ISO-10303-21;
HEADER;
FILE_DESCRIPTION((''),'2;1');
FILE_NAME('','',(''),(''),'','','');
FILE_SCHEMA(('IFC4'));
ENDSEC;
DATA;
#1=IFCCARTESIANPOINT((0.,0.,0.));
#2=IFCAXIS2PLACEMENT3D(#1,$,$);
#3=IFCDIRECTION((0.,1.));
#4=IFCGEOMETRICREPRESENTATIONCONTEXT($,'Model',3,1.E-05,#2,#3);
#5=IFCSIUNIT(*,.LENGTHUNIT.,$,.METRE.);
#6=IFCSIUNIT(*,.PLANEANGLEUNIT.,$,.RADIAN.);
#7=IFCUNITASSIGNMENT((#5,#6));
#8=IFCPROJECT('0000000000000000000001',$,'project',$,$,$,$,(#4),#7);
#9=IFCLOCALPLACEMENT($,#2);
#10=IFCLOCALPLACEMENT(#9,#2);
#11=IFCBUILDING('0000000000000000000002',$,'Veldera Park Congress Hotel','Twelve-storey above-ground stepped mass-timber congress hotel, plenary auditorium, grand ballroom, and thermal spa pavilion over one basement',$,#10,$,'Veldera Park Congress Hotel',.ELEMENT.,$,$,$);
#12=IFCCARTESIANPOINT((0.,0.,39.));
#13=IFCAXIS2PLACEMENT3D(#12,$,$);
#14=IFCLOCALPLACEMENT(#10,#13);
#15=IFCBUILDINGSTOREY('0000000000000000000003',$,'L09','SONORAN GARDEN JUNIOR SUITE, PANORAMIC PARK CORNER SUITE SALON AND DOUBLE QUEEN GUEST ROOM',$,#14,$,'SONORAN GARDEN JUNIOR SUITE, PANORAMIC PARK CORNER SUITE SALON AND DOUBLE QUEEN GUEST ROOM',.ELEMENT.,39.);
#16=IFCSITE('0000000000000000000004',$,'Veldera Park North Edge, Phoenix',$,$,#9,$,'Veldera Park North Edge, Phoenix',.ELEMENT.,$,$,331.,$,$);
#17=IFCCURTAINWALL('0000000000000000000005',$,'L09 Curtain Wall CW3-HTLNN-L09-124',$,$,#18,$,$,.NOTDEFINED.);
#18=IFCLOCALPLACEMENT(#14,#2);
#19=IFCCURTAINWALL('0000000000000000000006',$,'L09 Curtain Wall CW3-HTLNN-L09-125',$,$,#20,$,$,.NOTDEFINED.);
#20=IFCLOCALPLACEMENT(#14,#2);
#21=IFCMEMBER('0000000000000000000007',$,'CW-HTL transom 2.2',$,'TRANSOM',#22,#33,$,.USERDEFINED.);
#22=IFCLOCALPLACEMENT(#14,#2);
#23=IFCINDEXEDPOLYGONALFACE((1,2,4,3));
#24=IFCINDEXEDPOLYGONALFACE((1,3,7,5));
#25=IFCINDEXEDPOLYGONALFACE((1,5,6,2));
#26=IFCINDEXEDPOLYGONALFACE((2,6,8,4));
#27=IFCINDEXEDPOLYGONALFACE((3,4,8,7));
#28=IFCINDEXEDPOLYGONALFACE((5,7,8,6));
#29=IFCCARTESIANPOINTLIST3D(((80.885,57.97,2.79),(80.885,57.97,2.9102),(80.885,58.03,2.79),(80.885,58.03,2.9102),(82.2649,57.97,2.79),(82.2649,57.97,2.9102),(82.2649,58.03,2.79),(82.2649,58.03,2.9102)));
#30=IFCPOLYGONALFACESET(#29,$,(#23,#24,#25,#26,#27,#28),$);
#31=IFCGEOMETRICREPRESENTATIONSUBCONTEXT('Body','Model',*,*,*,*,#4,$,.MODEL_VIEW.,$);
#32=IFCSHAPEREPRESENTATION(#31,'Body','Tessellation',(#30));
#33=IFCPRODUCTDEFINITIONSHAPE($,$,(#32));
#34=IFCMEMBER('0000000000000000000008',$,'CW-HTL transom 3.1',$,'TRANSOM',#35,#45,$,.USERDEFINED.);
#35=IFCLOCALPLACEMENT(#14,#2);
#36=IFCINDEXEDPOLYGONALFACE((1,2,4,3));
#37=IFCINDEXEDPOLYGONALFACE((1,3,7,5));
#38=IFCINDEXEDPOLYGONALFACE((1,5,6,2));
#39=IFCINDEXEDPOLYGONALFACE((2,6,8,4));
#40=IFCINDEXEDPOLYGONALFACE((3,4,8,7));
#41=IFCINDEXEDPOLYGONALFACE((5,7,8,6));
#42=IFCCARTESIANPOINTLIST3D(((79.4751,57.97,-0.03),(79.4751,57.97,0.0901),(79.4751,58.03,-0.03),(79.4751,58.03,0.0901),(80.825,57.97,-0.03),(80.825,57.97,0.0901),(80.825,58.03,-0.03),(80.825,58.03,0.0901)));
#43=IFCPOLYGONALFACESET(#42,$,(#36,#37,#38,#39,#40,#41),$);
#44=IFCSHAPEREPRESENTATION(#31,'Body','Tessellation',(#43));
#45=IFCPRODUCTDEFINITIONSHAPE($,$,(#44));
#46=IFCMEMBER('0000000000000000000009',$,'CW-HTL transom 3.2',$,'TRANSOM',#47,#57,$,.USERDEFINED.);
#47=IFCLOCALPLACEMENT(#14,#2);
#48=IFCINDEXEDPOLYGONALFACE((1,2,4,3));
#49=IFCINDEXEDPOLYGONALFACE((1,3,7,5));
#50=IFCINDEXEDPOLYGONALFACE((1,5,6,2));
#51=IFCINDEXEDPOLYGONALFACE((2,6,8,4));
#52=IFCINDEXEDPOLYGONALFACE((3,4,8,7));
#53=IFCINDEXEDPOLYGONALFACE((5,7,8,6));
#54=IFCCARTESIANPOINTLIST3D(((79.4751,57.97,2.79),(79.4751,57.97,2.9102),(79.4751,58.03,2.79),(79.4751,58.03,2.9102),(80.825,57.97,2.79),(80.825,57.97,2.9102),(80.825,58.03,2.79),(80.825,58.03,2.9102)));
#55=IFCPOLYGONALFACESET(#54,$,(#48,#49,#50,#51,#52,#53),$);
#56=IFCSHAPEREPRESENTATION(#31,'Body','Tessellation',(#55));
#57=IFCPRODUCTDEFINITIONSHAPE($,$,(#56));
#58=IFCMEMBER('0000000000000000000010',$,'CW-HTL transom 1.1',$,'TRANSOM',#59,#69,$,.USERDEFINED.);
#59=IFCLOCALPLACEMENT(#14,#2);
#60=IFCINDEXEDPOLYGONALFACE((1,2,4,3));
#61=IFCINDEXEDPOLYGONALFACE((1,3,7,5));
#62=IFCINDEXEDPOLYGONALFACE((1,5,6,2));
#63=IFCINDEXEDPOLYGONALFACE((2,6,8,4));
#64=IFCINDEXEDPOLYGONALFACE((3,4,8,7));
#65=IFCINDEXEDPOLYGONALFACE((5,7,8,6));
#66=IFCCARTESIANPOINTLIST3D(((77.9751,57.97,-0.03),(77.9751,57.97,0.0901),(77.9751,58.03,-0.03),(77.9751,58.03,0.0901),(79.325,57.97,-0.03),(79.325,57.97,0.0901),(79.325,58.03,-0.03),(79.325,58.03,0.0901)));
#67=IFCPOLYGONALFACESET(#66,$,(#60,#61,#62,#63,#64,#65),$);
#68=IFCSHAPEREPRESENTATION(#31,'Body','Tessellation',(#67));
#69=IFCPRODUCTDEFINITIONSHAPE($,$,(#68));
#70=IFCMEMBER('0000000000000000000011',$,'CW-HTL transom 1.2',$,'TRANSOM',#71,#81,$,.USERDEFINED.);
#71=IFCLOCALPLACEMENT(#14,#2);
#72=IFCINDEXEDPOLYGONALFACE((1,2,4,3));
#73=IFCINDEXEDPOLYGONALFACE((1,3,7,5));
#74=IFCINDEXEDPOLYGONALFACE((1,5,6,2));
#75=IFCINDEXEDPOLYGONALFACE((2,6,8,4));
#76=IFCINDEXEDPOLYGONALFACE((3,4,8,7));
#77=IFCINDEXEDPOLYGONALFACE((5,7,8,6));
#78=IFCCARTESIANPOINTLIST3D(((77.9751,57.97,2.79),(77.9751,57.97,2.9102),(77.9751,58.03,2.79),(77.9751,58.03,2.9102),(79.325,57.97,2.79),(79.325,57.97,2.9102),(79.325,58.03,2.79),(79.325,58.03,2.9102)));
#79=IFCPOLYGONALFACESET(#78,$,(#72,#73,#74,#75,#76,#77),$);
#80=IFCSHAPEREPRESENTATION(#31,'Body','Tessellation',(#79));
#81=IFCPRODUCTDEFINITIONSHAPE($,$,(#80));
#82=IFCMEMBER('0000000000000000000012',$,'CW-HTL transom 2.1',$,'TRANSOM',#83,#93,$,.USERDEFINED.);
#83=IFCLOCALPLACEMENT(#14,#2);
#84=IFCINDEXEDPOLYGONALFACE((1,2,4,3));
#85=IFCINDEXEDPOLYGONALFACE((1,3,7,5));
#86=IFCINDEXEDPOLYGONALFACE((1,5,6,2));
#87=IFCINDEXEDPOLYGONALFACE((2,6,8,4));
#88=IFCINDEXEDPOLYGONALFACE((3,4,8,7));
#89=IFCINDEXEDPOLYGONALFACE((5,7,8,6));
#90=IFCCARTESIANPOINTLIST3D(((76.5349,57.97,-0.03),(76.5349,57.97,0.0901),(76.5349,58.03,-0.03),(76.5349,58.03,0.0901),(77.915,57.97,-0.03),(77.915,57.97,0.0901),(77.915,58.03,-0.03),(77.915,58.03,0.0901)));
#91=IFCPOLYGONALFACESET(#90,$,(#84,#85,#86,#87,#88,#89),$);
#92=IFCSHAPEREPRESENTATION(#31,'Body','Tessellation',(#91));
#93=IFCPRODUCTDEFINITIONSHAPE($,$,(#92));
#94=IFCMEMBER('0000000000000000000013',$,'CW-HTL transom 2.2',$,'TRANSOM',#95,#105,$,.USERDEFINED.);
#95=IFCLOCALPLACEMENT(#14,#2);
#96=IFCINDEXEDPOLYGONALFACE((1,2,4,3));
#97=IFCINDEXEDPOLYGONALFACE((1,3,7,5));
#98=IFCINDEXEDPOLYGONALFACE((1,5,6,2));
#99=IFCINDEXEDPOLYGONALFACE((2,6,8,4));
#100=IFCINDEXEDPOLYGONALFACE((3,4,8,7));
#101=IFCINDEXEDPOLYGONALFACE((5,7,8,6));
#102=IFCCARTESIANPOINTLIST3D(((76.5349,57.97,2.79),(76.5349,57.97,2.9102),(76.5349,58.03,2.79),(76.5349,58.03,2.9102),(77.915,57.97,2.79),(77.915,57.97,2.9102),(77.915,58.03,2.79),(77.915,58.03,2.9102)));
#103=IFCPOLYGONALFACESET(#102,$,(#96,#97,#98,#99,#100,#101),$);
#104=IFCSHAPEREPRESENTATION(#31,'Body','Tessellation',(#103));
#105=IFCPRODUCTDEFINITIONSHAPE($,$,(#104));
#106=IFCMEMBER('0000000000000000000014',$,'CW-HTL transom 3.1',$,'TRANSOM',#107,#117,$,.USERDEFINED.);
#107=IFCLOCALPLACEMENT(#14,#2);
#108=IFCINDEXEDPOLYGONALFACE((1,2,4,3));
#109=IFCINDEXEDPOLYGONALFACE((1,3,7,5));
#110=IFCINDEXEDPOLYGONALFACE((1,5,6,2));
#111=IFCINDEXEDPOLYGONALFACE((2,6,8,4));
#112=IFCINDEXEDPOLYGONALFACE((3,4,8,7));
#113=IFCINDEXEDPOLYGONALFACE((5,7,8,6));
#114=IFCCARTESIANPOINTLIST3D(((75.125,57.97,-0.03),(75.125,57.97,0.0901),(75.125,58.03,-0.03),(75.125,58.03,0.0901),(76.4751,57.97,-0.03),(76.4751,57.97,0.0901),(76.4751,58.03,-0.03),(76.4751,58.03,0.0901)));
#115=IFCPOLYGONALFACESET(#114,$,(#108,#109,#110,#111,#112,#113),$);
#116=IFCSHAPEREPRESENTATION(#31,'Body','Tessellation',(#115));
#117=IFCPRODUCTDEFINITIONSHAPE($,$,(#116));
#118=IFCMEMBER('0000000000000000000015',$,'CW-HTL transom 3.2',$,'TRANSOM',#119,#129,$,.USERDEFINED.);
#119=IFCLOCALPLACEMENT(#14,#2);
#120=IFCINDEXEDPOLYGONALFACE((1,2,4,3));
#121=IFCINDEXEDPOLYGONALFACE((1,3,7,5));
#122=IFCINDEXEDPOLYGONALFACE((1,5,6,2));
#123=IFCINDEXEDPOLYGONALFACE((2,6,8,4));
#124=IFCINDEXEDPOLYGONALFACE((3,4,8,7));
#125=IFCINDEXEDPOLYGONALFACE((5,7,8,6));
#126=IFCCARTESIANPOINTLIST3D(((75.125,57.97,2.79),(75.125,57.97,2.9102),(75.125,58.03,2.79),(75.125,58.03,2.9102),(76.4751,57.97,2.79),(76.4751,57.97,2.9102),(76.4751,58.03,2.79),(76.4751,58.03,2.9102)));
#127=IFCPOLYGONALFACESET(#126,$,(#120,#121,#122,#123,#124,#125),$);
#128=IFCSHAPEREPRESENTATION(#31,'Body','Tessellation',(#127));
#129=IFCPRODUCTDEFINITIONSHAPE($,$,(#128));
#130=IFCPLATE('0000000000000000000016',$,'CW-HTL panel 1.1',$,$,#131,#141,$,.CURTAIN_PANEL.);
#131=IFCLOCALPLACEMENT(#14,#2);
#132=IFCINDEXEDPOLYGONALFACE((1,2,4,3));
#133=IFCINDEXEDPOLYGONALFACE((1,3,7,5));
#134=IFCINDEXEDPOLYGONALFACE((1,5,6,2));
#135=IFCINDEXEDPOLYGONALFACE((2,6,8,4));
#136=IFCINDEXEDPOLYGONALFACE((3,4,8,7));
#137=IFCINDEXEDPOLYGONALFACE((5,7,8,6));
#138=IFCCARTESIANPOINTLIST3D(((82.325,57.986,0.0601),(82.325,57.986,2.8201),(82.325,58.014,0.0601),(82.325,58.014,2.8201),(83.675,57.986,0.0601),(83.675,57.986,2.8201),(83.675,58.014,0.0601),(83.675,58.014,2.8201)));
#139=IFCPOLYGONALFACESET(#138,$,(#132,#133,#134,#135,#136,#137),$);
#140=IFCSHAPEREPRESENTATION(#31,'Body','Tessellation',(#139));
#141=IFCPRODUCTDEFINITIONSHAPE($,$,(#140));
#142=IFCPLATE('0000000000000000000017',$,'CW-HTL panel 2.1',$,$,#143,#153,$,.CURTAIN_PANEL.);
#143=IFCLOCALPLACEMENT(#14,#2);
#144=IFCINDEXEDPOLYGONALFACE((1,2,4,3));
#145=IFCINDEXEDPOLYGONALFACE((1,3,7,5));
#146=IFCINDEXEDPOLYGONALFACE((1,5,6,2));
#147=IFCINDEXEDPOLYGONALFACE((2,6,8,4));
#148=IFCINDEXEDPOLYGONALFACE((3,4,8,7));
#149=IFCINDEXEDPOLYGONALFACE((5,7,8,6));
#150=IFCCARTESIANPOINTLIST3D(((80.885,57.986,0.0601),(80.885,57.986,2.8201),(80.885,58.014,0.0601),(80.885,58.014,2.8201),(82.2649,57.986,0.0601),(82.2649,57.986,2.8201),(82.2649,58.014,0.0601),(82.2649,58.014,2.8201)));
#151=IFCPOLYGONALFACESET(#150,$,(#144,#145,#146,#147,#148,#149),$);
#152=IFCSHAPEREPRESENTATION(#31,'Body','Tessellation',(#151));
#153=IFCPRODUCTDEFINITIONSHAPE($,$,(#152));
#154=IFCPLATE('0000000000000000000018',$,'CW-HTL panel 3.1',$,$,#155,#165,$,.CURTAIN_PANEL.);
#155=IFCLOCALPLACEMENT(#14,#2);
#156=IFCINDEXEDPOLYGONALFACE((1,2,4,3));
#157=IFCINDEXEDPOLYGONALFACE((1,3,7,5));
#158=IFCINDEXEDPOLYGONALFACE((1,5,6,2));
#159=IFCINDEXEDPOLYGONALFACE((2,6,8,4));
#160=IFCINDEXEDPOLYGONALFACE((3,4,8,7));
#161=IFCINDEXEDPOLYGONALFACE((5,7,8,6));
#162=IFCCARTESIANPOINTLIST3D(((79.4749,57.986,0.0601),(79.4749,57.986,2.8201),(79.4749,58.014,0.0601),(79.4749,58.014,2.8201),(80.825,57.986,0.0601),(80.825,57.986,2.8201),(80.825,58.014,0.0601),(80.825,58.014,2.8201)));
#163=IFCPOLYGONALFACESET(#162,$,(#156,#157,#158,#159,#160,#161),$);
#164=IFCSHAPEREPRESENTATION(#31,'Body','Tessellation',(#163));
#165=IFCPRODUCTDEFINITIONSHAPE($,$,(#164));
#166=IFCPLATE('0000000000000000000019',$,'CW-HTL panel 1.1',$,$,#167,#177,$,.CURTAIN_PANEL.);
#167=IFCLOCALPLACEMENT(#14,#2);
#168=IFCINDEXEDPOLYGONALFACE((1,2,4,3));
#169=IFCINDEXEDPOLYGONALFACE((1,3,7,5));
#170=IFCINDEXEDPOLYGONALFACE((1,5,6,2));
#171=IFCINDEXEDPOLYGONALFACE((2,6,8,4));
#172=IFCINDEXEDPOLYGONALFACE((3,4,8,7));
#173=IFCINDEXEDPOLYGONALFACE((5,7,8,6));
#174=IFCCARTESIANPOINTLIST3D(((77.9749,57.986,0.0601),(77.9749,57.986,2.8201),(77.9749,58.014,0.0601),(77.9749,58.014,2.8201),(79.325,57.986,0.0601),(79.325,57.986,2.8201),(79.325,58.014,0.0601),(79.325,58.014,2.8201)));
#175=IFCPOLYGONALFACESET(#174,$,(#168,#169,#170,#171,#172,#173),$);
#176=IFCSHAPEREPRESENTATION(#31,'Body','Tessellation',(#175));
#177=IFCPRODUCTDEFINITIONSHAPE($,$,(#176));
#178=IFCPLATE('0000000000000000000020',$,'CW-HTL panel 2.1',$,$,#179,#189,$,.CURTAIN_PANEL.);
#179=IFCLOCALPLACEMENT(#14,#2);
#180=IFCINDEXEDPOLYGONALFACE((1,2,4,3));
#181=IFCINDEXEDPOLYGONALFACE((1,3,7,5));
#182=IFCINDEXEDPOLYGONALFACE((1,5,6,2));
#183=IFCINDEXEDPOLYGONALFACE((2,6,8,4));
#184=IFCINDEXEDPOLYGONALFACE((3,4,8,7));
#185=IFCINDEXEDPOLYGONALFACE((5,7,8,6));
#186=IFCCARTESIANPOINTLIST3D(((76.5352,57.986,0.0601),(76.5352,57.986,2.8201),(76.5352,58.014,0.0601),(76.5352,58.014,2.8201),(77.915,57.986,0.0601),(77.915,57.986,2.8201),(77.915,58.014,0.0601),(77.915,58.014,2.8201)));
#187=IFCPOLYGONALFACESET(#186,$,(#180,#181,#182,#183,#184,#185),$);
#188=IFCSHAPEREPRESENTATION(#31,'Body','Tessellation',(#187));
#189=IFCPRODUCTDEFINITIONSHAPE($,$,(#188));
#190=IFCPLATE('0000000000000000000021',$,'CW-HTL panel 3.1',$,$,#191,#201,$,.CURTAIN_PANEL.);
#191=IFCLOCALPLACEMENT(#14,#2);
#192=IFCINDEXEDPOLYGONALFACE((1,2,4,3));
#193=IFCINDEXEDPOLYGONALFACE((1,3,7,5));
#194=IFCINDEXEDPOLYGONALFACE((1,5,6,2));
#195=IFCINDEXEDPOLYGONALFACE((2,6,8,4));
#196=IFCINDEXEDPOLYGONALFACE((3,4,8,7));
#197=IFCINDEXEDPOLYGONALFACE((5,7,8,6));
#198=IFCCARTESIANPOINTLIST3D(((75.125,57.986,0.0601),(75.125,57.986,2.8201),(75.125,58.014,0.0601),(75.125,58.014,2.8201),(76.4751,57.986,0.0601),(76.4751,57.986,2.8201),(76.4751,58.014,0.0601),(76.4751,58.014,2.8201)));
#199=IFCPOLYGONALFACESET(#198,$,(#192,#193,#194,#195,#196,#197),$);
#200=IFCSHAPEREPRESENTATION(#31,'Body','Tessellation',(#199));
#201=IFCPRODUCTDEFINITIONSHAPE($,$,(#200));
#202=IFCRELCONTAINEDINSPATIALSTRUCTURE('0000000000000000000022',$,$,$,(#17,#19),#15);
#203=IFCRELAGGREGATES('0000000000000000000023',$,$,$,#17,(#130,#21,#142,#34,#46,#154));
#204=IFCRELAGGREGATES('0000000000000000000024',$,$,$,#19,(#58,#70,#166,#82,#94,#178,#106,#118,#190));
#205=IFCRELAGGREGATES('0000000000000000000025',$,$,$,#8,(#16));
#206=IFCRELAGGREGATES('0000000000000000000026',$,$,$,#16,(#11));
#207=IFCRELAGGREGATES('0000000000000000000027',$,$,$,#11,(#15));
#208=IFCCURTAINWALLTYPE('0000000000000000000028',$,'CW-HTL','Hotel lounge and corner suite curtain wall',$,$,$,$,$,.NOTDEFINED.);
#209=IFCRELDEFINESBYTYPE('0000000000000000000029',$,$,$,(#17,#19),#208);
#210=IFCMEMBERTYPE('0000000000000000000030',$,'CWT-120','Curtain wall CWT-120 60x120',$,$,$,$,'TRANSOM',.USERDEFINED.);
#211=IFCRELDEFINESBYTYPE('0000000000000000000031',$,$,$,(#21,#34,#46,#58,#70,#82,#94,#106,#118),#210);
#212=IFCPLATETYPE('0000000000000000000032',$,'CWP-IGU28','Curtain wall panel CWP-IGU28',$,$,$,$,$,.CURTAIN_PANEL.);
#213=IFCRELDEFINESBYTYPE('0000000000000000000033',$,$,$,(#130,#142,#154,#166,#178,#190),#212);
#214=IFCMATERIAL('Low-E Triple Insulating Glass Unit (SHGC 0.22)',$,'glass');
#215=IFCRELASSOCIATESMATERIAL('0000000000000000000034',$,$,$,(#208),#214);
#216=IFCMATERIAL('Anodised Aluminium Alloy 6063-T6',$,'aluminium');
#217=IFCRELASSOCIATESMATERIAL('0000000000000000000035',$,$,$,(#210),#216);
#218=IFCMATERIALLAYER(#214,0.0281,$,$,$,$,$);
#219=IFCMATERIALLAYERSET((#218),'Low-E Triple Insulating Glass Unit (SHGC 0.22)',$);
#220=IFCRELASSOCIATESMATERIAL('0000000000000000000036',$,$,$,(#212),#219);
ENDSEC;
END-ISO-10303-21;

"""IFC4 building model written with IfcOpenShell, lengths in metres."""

from ifc_helpers import new_model, si_unit, direction, frame, origin, origin_2d, place, context, subcontext, project, spatial, rectangle, extrude, material, layer, layer_set, material_profile, profile_set, type_object, element, aggregate, save


model = new_model("IFC4")

# Units and contexts
model_context = context("Model", 3, precision=1e-05, world=origin(), true_north=direction((0.0, 1.0)))
body_context = subcontext(model_context, "Body", "Model", "MODEL_VIEW")
ifc_project = project(units=[si_unit("LENGTHUNIT", "METRE"), si_unit("PLANEANGLEUNIT", "RADIAN")], contexts=[model_context])

# Site, building, storey
site_placement = place(None, origin())
site = spatial("IfcSite", under=ifc_project, at=site_placement, Name="Veldera Park North Edge, Phoenix", LongName="Veldera Park North Edge, Phoenix", CompositionType="ELEMENT", RefElevation=331.0)
building_placement = place(site_placement, origin())
building = spatial("IfcBuilding", under=site, at=building_placement, Name="Veldera Park Congress Hotel", Description="Twelve-storey above-ground stepped mass-timber congress hotel, plenary auditorium, grand ballroom, and thermal spa pavilion over one basement", LongName="Veldera Park Congress Hotel", CompositionType="ELEMENT")
storey_placement = place(building_placement, frame((0.0, 0.0, 39.0)))
storey = spatial("IfcBuildingStorey", under=building, at=storey_placement, Name="L09", Description="SONORAN GARDEN JUNIOR SUITE, PANORAMIC PARK CORNER SUITE SALON AND DOUBLE QUEEN GUEST ROOM", LongName="SONORAN GARDEN JUNIOR SUITE, PANORAMIC PARK CORNER SUITE SALON AND DOUBLE QUEEN GUEST ROOM", CompositionType="ELEMENT", Elevation=39.0)

# Curtain walls
ifc_material_1 = material(Name="Low-E Triple Insulating Glass Unit (SHGC 0.22)", Category="glass")
curtain_wall_type = type_object("IfcCurtainWallType", Name="CW-HTL", Description="Hotel lounge and corner suite curtain wall", PredefinedType="NOTDEFINED", material=ifc_material_1)
curtain_wall_1_placement = place(storey_placement, origin())
curtain_wall_1 = element("IfcCurtainWall", 1, at=curtain_wall_1_placement, inside=storey, type_object=curtain_wall_type, Name="L09 Curtain Wall CW3-HTLNN-L09-124", PredefinedType="NOTDEFINED")
ifc_material_2 = material(Name="Anodised Aluminium Alloy 6063-T6", Category="aluminium")
curtain_wall_2_placement = place(storey_placement, origin())
curtain_wall_2 = element("IfcCurtainWall", 2, at=curtain_wall_2_placement, inside=storey, type_object=curtain_wall_type, Name="L09 Curtain Wall CW3-HTLNN-L09-125", PredefinedType="NOTDEFINED")

# Members
ifc_material_profile_1 = material_profile(ifc_material_2, rectangle(XDim=0.0601, YDim=0.1201, at=origin_2d()), Name="ALU 60x120")
ifc_profile_set_1 = profile_set([ifc_material_profile_1], Name="Anodised Aluminium Alloy 6063-T6")
member_type_1 = type_object("IfcMemberType", Name="CWT-120", Description="Curtain wall CWT-120 60x120", ElementType="TRANSOM", PredefinedType="USERDEFINED", material=ifc_profile_set_1)
member_1_placement = place(storey_placement, frame((82.2649, 58.0, 2.8501), z_axis=(-1.0, 0.0, 0.0), x_axis=(0.0, -1.0, 0.0)))
member_1 = element("IfcMember", 3, at=member_1_placement, type_object=member_type_1, Name="CW-HTL transom 2.2", ObjectType="TRANSOM", PredefinedType="USERDEFINED", context=body_context, shape_type="SweptSolid", body=[
    extrude(rectangle(XDim=0.0601, YDim=0.1201, at=origin_2d()), origin(), (0.0, 0.0, 1.0), 1.3799),
])
member_2_placement = place(storey_placement, frame((80.825, 58.0, 0.03), z_axis=(-1.0, 0.0, 0.0), x_axis=(0.0, -1.0, 0.0)))
member_2 = element("IfcMember", 4, at=member_2_placement, type_object=member_type_1, Name="CW-HTL transom 3.1", ObjectType="TRANSOM", PredefinedType="USERDEFINED", context=body_context, shape_type="SweptSolid", body=[
    extrude(rectangle(XDim=0.0601, YDim=0.1201, at=origin_2d()), origin(), (0.0, 0.0, 1.0), 1.3499),
])
member_3_placement = place(storey_placement, frame((80.825, 58.0, 2.8501), z_axis=(-1.0, 0.0, 0.0), x_axis=(0.0, -1.0, 0.0)))
member_3 = element("IfcMember", 5, at=member_3_placement, type_object=member_type_1, Name="CW-HTL transom 3.2", ObjectType="TRANSOM", PredefinedType="USERDEFINED", context=body_context, shape_type="SweptSolid", body=[
    extrude(rectangle(XDim=0.0601, YDim=0.1201, at=origin_2d()), origin(), (0.0, 0.0, 1.0), 1.3499),
])
member_4_placement = place(storey_placement, frame((79.325, 58.0, 0.03), z_axis=(-1.0, 0.0, 0.0), x_axis=(0.0, -1.0, 0.0)))
member_4 = element("IfcMember", 6, at=member_4_placement, type_object=member_type_1, Name="CW-HTL transom 1.1", ObjectType="TRANSOM", PredefinedType="USERDEFINED", context=body_context, shape_type="SweptSolid", body=[
    extrude(rectangle(XDim=0.0601, YDim=0.1201, at=origin_2d()), origin(), (0.0, 0.0, 1.0), 1.3499),
])
member_5_placement = place(storey_placement, frame((79.325, 58.0, 2.8501), z_axis=(-1.0, 0.0, 0.0), x_axis=(0.0, -1.0, 0.0)))
member_5 = element("IfcMember", 7, at=member_5_placement, type_object=member_type_1, Name="CW-HTL transom 1.2", ObjectType="TRANSOM", PredefinedType="USERDEFINED", context=body_context, shape_type="SweptSolid", body=[
    extrude(rectangle(XDim=0.0601, YDim=0.1201, at=origin_2d()), origin(), (0.0, 0.0, 1.0), 1.3499),
])
member_6_placement = place(storey_placement, frame((77.915, 58.0, 0.03), z_axis=(-1.0, 0.0, 0.0), x_axis=(0.0, -1.0, 0.0)))
member_6 = element("IfcMember", 8, at=member_6_placement, type_object=member_type_1, Name="CW-HTL transom 2.1", ObjectType="TRANSOM", PredefinedType="USERDEFINED", context=body_context, shape_type="SweptSolid", body=[
    extrude(rectangle(XDim=0.0601, YDim=0.1201, at=origin_2d()), origin(), (0.0, 0.0, 1.0), 1.3801),
])
member_7_placement = place(storey_placement, frame((77.915, 58.0, 2.8501), z_axis=(-1.0, 0.0, 0.0), x_axis=(0.0, -1.0, 0.0)))
member_7 = element("IfcMember", 9, at=member_7_placement, type_object=member_type_1, Name="CW-HTL transom 2.2", ObjectType="TRANSOM", PredefinedType="USERDEFINED", context=body_context, shape_type="SweptSolid", body=[
    extrude(rectangle(XDim=0.0601, YDim=0.1201, at=origin_2d()), origin(), (0.0, 0.0, 1.0), 1.3801),
])
member_8_placement = place(storey_placement, frame((76.4751, 58.0, 0.03), z_axis=(-1.0, 0.0, 0.0), x_axis=(0.0, -1.0, 0.0)))
member_8 = element("IfcMember", 10, at=member_8_placement, type_object=member_type_1, Name="CW-HTL transom 3.1", ObjectType="TRANSOM", PredefinedType="USERDEFINED", context=body_context, shape_type="SweptSolid", body=[
    extrude(rectangle(XDim=0.0601, YDim=0.1201, at=origin_2d()), origin(), (0.0, 0.0, 1.0), 1.3501),
])
member_9_placement = place(storey_placement, frame((76.4751, 58.0, 2.8501), z_axis=(-1.0, 0.0, 0.0), x_axis=(0.0, -1.0, 0.0)))
member_9 = element("IfcMember", 11, at=member_9_placement, type_object=member_type_1, Name="CW-HTL transom 3.2", ObjectType="TRANSOM", PredefinedType="USERDEFINED", context=body_context, shape_type="SweptSolid", body=[
    extrude(rectangle(XDim=0.0601, YDim=0.1201, at=origin_2d()), origin(), (0.0, 0.0, 1.0), 1.3501),
])

# Plates
ifc_layer_1 = layer(ifc_material_1, 0.0281)
ifc_layer_set_1 = layer_set([ifc_layer_1], Name="Low-E Triple Insulating Glass Unit (SHGC 0.22)")
plate_type = type_object("IfcPlateType", Name="CWP-IGU28", Description="Curtain wall panel CWP-IGU28", PredefinedType="CURTAIN_PANEL", material=ifc_layer_set_1)
plate_1_placement = place(storey_placement, frame((83.0, 58.0, 0.0601), z_axis=(0.0, 0.0, 1.0), x_axis=(-1.0, 0.0, 0.0)))
plate_1 = element("IfcPlate", 12, at=plate_1_placement, type_object=plate_type, Name="CW-HTL panel 1.1", PredefinedType="CURTAIN_PANEL", context=body_context, shape_type="SweptSolid", body=[
    extrude(rectangle(XDim=1.3501, YDim=0.0281, at=origin_2d()), origin(), (0.0, 0.0, 1.0), 2.76),
])
plate_2_placement = place(storey_placement, frame((81.575, 58.0, 0.0601), z_axis=(0.0, 0.0, 1.0), x_axis=(-1.0, 0.0, 0.0)))
plate_2 = element("IfcPlate", 13, at=plate_2_placement, type_object=plate_type, Name="CW-HTL panel 2.1", PredefinedType="CURTAIN_PANEL", context=body_context, shape_type="SweptSolid", body=[
    extrude(rectangle(XDim=1.3799, YDim=0.0281, at=origin_2d()), origin(), (0.0, 0.0, 1.0), 2.76),
])
plate_3_placement = place(storey_placement, frame((80.1499, 58.0, 0.0601), z_axis=(0.0, 0.0, 1.0), x_axis=(-1.0, 0.0, 0.0)))
plate_3 = element("IfcPlate", 14, at=plate_3_placement, type_object=plate_type, Name="CW-HTL panel 3.1", PredefinedType="CURTAIN_PANEL", context=body_context, shape_type="SweptSolid", body=[
    extrude(rectangle(XDim=1.3501, YDim=0.0281, at=origin_2d()), origin(), (0.0, 0.0, 1.0), 2.76),
])
aggregate(curtain_wall_1, [plate_1, member_1, plate_2, member_2, member_3, plate_3])
plate_4_placement = place(storey_placement, frame((78.6499, 58.0, 0.0601), z_axis=(0.0, 0.0, 1.0), x_axis=(-1.0, 0.0, 0.0)))
plate_4 = element("IfcPlate", 15, at=plate_4_placement, type_object=plate_type, Name="CW-HTL panel 1.1", PredefinedType="CURTAIN_PANEL", context=body_context, shape_type="SweptSolid", body=[
    extrude(rectangle(XDim=1.3501, YDim=0.0281, at=origin_2d()), origin(), (0.0, 0.0, 1.0), 2.76),
])
plate_5_placement = place(storey_placement, frame((77.2251, 58.0, 0.0601), z_axis=(0.0, 0.0, 1.0), x_axis=(-1.0, 0.0, 0.0)))
plate_5 = element("IfcPlate", 16, at=plate_5_placement, type_object=plate_type, Name="CW-HTL panel 2.1", PredefinedType="CURTAIN_PANEL", context=body_context, shape_type="SweptSolid", body=[
    extrude(rectangle(XDim=1.3799, YDim=0.0281, at=origin_2d()), origin(), (0.0, 0.0, 1.0), 2.76),
])
plate_6_placement = place(storey_placement, frame((75.8, 58.0, 0.0601), z_axis=(0.0, 0.0, 1.0), x_axis=(-1.0, 0.0, 0.0)))
plate_6 = element("IfcPlate", 17, at=plate_6_placement, type_object=plate_type, Name="CW-HTL panel 3.1", PredefinedType="CURTAIN_PANEL", context=body_context, shape_type="SweptSolid", body=[
    extrude(rectangle(XDim=1.3501, YDim=0.0281, at=origin_2d()), origin(), (0.0, 0.0, 1.0), 2.76),
])
aggregate(curtain_wall_2, [member_4, member_5, plate_4, member_6, member_7, plate_5, member_8, member_9, plate_6])

save(model, "model.ifc")
